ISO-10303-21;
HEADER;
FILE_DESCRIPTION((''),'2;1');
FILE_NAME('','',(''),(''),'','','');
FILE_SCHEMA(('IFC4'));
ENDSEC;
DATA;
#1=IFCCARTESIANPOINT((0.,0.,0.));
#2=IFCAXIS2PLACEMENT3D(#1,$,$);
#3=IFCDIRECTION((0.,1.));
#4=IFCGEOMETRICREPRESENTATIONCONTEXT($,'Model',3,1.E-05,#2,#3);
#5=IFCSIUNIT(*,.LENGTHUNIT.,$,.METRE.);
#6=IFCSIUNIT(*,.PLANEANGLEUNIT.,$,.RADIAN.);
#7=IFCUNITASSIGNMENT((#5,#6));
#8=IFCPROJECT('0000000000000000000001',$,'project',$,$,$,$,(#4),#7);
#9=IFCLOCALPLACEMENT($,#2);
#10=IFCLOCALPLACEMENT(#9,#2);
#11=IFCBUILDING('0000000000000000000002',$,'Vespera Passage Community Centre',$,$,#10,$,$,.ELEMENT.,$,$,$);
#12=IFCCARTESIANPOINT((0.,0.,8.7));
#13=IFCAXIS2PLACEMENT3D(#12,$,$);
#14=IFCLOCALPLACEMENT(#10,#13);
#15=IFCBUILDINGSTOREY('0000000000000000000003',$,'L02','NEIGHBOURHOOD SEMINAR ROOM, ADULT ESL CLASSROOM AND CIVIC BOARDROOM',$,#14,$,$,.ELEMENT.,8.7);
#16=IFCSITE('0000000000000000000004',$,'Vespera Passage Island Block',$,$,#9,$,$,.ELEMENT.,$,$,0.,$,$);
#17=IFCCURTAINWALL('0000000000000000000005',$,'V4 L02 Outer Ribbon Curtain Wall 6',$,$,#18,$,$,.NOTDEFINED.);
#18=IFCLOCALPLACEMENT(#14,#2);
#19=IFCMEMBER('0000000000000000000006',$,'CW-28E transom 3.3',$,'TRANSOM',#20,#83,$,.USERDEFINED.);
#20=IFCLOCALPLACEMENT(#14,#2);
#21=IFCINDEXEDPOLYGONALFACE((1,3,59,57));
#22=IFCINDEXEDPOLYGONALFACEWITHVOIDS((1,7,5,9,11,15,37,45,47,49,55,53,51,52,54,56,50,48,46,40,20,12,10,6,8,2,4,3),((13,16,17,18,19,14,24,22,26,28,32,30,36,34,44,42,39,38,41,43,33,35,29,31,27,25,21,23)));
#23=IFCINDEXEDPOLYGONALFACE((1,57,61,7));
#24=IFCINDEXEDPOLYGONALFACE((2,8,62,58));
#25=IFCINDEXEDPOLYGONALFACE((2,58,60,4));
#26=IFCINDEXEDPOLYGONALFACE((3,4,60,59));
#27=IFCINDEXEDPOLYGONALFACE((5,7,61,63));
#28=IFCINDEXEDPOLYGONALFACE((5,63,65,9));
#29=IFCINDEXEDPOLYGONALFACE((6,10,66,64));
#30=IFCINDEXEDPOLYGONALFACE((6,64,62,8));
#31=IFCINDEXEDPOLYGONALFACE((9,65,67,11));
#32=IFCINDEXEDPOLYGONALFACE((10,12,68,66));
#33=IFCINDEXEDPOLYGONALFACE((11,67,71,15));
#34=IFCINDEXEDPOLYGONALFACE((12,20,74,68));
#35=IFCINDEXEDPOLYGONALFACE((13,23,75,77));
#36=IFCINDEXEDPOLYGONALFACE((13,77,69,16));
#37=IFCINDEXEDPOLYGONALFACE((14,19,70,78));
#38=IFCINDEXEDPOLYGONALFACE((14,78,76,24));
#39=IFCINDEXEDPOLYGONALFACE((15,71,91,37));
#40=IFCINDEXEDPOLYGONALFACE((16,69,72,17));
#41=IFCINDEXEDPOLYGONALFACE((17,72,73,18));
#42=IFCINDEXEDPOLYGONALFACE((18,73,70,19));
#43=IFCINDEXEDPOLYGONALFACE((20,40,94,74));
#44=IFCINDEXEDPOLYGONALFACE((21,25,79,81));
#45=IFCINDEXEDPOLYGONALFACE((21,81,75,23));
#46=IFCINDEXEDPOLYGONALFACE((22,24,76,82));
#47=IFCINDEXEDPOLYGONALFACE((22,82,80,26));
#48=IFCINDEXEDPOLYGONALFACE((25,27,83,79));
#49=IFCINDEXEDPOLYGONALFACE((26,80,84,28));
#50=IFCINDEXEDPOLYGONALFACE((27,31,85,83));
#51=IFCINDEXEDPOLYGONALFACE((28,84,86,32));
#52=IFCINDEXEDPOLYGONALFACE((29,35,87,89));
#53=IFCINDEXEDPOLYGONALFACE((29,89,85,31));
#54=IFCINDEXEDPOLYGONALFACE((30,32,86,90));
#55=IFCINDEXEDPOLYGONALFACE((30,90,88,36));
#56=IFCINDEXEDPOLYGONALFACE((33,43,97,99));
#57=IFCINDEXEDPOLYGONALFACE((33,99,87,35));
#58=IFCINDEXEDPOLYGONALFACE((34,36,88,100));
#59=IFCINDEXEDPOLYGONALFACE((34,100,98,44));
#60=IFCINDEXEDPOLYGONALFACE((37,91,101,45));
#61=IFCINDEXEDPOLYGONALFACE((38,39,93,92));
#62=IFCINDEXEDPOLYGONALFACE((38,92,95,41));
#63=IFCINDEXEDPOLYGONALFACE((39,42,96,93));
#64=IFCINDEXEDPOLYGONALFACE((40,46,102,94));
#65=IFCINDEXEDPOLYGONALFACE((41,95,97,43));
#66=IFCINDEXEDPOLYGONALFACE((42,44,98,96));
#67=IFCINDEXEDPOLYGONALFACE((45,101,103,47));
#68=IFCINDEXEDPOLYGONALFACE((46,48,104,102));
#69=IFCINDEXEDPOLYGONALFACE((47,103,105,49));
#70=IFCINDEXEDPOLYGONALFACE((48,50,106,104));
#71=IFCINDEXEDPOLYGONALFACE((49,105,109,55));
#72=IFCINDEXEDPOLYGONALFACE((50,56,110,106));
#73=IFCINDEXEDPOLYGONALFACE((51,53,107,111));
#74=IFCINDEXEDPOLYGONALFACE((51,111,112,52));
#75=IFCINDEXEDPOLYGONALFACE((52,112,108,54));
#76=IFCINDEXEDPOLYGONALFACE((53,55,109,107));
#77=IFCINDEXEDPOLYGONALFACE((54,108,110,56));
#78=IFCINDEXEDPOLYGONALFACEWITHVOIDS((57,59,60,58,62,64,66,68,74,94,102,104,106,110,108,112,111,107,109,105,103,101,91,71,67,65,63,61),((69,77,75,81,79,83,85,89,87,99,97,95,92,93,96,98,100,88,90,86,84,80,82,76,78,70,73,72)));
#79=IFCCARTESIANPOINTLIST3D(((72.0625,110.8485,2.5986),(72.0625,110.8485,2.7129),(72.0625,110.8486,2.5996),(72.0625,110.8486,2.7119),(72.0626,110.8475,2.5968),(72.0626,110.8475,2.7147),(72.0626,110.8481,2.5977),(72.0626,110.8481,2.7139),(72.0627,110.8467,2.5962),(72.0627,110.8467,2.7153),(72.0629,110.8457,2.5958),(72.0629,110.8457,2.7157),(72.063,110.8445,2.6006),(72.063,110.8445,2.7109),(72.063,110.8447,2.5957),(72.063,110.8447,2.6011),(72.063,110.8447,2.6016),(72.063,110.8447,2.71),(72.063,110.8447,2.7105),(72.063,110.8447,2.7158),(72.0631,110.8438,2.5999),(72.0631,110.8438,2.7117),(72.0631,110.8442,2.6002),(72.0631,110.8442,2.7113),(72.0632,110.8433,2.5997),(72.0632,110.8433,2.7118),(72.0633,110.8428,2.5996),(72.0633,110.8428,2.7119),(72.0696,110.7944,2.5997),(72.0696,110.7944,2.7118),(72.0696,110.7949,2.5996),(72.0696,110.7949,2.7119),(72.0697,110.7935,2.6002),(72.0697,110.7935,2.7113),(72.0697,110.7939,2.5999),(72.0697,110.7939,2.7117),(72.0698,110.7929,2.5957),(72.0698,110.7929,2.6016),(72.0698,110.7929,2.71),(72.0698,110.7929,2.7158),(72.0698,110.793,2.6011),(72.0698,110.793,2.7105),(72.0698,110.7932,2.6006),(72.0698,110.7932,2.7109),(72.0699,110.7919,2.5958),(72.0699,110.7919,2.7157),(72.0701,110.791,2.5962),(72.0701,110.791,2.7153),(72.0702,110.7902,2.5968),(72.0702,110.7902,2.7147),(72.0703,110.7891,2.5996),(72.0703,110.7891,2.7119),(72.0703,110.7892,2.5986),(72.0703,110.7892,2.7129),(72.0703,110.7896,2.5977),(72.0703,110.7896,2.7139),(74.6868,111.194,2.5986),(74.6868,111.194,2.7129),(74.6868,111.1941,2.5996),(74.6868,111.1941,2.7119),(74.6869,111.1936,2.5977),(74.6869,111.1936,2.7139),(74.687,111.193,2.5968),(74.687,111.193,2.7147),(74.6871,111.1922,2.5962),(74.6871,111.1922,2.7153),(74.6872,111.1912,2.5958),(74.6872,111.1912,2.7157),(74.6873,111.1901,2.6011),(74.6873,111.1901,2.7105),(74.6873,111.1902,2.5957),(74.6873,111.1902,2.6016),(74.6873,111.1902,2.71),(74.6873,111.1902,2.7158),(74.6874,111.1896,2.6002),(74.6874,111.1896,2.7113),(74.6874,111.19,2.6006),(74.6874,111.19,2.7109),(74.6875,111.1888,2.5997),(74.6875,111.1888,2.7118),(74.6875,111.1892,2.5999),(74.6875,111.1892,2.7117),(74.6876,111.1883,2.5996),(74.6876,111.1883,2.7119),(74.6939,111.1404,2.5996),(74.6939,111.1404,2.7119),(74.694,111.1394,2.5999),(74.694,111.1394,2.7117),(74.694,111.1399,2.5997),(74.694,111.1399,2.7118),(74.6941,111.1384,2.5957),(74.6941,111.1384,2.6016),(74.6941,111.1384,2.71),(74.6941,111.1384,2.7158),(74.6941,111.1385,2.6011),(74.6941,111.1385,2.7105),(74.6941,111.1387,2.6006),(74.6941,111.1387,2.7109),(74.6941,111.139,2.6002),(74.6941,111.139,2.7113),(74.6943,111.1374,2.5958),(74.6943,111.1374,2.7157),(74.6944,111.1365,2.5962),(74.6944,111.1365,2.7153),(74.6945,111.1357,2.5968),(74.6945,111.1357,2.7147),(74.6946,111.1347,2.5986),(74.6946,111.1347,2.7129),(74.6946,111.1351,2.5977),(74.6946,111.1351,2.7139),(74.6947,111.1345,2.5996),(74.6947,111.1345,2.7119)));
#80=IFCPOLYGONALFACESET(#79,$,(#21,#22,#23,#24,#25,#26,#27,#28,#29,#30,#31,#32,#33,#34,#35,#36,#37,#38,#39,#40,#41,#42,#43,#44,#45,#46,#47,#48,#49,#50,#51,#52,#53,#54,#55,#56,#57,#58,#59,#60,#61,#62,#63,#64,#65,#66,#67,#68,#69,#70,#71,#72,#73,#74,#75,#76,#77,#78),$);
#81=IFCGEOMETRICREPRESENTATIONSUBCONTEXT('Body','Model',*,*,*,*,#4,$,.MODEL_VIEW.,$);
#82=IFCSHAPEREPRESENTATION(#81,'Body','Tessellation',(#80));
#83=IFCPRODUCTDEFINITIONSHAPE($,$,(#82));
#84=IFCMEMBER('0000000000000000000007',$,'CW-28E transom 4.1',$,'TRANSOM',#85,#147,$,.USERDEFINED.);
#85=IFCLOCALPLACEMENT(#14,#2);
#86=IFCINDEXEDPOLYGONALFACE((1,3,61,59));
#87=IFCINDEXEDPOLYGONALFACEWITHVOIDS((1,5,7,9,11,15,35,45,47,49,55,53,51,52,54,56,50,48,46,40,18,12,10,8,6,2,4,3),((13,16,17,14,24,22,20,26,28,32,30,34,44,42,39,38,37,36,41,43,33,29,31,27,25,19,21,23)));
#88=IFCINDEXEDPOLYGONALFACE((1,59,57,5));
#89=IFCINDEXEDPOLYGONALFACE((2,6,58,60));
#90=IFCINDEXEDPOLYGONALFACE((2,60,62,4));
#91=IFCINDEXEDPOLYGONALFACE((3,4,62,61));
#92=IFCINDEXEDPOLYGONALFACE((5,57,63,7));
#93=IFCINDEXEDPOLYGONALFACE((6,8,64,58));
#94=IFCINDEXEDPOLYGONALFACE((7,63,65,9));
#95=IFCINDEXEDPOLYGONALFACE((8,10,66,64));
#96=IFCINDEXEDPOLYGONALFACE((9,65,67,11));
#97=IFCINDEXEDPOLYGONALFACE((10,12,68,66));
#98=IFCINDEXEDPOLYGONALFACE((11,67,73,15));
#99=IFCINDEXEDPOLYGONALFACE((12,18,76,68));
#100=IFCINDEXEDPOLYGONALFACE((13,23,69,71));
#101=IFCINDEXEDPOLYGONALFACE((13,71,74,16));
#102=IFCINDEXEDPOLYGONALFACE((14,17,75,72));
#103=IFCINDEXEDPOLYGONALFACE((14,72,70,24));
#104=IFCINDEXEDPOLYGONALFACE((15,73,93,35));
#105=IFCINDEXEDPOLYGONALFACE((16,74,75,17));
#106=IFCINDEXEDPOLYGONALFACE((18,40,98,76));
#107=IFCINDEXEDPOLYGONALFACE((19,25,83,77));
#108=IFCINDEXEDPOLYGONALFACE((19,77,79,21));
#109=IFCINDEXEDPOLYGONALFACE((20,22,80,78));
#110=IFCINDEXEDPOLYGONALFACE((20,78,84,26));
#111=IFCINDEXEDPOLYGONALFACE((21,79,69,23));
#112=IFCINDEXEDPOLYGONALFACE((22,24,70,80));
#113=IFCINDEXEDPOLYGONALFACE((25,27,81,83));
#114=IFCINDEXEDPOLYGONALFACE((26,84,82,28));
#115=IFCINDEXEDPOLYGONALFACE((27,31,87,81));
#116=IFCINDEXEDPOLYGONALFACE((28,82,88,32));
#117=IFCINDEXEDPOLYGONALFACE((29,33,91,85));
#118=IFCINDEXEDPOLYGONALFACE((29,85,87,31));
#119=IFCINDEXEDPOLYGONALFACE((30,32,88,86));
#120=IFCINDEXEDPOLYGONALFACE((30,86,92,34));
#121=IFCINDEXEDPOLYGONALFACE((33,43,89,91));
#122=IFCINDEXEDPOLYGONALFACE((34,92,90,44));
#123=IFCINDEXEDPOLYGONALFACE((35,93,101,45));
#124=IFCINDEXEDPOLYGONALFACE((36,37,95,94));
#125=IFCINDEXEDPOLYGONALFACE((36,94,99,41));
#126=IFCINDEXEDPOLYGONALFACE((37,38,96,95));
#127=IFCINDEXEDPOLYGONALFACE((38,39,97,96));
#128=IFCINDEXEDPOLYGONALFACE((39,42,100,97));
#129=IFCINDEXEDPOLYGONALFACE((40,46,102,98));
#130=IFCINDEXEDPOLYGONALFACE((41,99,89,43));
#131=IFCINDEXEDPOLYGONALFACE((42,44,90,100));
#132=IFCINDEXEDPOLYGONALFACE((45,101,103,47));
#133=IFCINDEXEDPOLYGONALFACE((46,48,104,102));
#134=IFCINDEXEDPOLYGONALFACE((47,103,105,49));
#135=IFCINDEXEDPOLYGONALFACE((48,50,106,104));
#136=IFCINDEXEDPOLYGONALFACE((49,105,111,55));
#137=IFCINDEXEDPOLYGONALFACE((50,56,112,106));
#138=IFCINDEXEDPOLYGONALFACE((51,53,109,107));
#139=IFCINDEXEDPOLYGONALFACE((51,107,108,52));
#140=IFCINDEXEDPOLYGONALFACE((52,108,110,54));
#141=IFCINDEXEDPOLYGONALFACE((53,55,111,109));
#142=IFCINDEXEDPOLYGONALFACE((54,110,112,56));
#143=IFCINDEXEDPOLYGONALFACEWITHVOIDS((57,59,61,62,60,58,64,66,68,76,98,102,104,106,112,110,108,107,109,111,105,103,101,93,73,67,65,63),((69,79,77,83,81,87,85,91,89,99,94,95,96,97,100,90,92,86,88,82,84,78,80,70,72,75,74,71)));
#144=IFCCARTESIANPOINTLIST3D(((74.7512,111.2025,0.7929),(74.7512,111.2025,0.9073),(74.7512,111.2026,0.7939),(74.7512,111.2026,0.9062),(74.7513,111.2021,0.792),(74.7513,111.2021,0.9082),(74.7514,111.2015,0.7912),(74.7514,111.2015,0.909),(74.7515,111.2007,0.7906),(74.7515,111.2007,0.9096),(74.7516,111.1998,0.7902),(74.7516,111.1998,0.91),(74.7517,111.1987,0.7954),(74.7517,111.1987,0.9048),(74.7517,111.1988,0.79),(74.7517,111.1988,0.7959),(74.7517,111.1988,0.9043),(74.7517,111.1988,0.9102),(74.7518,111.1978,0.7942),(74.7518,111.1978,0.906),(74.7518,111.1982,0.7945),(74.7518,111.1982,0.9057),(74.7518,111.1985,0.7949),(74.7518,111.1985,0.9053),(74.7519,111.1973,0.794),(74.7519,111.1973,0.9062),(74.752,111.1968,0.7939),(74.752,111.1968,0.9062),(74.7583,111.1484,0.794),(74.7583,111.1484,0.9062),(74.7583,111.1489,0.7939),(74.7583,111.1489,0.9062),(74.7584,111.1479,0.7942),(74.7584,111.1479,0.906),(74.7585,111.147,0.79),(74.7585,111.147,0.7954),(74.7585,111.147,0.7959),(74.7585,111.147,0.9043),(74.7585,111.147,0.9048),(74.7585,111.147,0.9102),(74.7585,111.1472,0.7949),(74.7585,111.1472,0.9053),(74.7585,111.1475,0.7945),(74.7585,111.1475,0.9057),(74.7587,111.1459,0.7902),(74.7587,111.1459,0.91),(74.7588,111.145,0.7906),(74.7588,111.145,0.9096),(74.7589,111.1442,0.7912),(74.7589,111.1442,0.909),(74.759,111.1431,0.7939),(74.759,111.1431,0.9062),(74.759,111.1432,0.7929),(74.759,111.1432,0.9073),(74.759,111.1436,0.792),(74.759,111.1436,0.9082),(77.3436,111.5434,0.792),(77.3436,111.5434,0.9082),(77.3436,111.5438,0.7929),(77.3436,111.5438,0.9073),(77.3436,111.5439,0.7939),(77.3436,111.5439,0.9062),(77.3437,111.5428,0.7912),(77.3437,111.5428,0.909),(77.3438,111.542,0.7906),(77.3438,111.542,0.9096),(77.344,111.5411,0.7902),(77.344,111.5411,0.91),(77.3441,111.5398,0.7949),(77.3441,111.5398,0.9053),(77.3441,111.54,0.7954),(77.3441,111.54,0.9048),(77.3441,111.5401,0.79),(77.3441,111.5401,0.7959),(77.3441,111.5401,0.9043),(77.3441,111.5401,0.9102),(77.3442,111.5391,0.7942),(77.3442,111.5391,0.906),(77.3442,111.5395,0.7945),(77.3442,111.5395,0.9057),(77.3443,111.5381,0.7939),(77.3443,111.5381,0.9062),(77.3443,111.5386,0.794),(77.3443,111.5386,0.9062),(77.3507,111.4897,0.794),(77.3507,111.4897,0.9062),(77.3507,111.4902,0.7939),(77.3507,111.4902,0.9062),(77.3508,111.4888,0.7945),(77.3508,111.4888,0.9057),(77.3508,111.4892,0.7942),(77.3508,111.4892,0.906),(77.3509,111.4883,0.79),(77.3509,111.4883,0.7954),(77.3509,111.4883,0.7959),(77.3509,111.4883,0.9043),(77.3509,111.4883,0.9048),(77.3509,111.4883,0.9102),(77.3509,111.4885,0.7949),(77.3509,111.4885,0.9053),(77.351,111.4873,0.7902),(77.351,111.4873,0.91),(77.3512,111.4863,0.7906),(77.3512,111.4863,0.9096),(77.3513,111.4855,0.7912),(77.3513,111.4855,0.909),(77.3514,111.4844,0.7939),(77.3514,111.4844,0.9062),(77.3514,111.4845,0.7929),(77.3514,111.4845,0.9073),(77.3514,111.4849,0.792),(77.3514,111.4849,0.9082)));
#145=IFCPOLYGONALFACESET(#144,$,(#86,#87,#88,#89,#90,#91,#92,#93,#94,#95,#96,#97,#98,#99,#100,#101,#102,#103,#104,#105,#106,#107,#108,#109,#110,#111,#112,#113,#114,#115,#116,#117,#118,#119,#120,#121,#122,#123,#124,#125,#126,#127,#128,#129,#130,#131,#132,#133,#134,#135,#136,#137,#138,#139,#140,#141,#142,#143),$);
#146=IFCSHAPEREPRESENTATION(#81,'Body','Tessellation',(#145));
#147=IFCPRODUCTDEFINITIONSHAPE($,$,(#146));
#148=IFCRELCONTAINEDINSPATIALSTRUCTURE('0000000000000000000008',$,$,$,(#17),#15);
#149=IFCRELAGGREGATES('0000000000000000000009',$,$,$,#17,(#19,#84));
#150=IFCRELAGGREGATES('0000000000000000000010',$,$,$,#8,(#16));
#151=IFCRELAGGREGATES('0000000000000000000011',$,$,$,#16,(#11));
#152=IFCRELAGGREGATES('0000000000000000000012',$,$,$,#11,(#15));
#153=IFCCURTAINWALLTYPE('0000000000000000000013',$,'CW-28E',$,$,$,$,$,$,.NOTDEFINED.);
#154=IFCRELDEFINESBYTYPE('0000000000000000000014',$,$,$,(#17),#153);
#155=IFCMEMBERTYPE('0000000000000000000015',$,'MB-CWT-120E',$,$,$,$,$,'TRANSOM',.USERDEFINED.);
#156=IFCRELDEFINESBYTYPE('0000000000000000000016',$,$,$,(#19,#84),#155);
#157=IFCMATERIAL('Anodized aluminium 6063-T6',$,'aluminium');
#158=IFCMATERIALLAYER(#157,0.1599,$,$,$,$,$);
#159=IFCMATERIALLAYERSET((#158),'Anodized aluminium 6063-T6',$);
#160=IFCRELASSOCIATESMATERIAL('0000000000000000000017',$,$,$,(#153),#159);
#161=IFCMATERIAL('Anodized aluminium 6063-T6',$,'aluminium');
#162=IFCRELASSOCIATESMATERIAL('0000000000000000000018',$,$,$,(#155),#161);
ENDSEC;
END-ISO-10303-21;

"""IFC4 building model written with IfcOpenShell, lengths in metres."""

from ifc_helpers import new_model, si_unit, direction, frame, origin, origin_2d, place, context, subcontext, project, spatial, hollow_rectangle, extrude, material, layer, layer_set, material_profile, profile_set, type_object, element, aggregate, save


model = new_model("IFC4")

# Units and contexts
model_context = context("Model", 3, precision=1e-05, world=origin(), true_north=direction((0.0, 1.0)))
body_context = subcontext(model_context, "Body", "Model", "MODEL_VIEW")
ifc_project = project(units=[si_unit("LENGTHUNIT", "METRE"), si_unit("PLANEANGLEUNIT", "RADIAN")], contexts=[model_context])

# Site, building, storey
site_placement = place(None, origin())
site = spatial("IfcSite", under=ifc_project, at=site_placement, Name="Vespera Passage Island Block", CompositionType="ELEMENT", RefElevation=0.0)
building_placement = place(site_placement, origin())
building = spatial("IfcBuilding", under=site, at=building_placement, Name="Vespera Passage Community Centre", CompositionType="ELEMENT")
storey_placement = place(building_placement, frame((0.0, 0.0, 8.7)))
storey = spatial("IfcBuildingStorey", under=building, at=storey_placement, Name="L02", Description="NEIGHBOURHOOD SEMINAR ROOM, ADULT ESL CLASSROOM AND CIVIC BOARDROOM", CompositionType="ELEMENT", Elevation=8.7)

# Curtain wall, members
ifc_material_1 = material(Name="Anodized aluminium 6063-T6", Category="aluminium")
ifc_layer_1 = layer(ifc_material_1, 0.1599)
ifc_layer_set_1 = layer_set([ifc_layer_1], Name="Anodized aluminium 6063-T6")
curtain_wall_type = type_object("IfcCurtainWallType", Name="CW-28E", PredefinedType="NOTDEFINED", material=ifc_layer_set_1)
curtain_wall_placement = place(storey_placement, origin())
curtain_wall = element("IfcCurtainWall", 1, at=curtain_wall_placement, inside=storey, type_object=curtain_wall_type, Name="V4 L02 Outer Ribbon Curtain Wall 6", PredefinedType="NOTDEFINED")
ifc_material_2 = material(Name="Anodized aluminium 6063-T6", Category="aluminium")
ifc_material_profile_1 = material_profile(ifc_material_2, hollow_rectangle(XDim=0.0601, YDim=0.1201, WallThickness=0.0039, InnerFilletRadius=0.002, OuterFilletRadius=0.0039, at=origin_2d()), Name="ALU120X60X4")
ifc_profile_set_1 = profile_set([ifc_material_profile_1], Name="Anodized aluminium 6063-T6")
member_type_1 = type_object("IfcMemberType", Name="MB-CWT-120E", ElementType="TRANSOM", PredefinedType="USERDEFINED", material=ifc_profile_set_1)
member_1_placement = place(storey_placement, frame((72.0664, 110.8188, 2.6558), z_axis=(0.991446, 0.130514, 0.0), x_axis=(-0.130514, 0.991446, 0.0)))
member_1 = element("IfcMember", 2, at=member_1_placement, type_object=member_type_1, Name="CW-28E transom 3.3", ObjectType="TRANSOM", PredefinedType="USERDEFINED", context=body_context, shape_type="SweptSolid", body=[
    extrude(hollow_rectangle(XDim=0.0601, YDim=0.1201, WallThickness=0.0039, InnerFilletRadius=0.002, OuterFilletRadius=0.0039, at=origin_2d()), origin(), (0.0, 0.0, 1.0), 2.647),
])
member_2_placement = place(storey_placement, frame((74.7551, 111.1729, 0.8501), z_axis=(0.991443, 0.130537, 0.0), x_axis=(-0.130537, 0.991443, 0.0)))
member_2 = element("IfcMember", 3, at=member_2_placement, type_object=member_type_1, Name="CW-28E transom 4.1", ObjectType="TRANSOM", PredefinedType="USERDEFINED", context=body_context, shape_type="SweptSolid", body=[
    extrude(hollow_rectangle(XDim=0.0601, YDim=0.1201, WallThickness=0.0039, InnerFilletRadius=0.002, OuterFilletRadius=0.0039, at=origin_2d()), origin(), (0.0, 0.0, 1.0), 2.6147),
])
aggregate(curtain_wall, [member_1, member_2])

save(model, "model.ifc")
